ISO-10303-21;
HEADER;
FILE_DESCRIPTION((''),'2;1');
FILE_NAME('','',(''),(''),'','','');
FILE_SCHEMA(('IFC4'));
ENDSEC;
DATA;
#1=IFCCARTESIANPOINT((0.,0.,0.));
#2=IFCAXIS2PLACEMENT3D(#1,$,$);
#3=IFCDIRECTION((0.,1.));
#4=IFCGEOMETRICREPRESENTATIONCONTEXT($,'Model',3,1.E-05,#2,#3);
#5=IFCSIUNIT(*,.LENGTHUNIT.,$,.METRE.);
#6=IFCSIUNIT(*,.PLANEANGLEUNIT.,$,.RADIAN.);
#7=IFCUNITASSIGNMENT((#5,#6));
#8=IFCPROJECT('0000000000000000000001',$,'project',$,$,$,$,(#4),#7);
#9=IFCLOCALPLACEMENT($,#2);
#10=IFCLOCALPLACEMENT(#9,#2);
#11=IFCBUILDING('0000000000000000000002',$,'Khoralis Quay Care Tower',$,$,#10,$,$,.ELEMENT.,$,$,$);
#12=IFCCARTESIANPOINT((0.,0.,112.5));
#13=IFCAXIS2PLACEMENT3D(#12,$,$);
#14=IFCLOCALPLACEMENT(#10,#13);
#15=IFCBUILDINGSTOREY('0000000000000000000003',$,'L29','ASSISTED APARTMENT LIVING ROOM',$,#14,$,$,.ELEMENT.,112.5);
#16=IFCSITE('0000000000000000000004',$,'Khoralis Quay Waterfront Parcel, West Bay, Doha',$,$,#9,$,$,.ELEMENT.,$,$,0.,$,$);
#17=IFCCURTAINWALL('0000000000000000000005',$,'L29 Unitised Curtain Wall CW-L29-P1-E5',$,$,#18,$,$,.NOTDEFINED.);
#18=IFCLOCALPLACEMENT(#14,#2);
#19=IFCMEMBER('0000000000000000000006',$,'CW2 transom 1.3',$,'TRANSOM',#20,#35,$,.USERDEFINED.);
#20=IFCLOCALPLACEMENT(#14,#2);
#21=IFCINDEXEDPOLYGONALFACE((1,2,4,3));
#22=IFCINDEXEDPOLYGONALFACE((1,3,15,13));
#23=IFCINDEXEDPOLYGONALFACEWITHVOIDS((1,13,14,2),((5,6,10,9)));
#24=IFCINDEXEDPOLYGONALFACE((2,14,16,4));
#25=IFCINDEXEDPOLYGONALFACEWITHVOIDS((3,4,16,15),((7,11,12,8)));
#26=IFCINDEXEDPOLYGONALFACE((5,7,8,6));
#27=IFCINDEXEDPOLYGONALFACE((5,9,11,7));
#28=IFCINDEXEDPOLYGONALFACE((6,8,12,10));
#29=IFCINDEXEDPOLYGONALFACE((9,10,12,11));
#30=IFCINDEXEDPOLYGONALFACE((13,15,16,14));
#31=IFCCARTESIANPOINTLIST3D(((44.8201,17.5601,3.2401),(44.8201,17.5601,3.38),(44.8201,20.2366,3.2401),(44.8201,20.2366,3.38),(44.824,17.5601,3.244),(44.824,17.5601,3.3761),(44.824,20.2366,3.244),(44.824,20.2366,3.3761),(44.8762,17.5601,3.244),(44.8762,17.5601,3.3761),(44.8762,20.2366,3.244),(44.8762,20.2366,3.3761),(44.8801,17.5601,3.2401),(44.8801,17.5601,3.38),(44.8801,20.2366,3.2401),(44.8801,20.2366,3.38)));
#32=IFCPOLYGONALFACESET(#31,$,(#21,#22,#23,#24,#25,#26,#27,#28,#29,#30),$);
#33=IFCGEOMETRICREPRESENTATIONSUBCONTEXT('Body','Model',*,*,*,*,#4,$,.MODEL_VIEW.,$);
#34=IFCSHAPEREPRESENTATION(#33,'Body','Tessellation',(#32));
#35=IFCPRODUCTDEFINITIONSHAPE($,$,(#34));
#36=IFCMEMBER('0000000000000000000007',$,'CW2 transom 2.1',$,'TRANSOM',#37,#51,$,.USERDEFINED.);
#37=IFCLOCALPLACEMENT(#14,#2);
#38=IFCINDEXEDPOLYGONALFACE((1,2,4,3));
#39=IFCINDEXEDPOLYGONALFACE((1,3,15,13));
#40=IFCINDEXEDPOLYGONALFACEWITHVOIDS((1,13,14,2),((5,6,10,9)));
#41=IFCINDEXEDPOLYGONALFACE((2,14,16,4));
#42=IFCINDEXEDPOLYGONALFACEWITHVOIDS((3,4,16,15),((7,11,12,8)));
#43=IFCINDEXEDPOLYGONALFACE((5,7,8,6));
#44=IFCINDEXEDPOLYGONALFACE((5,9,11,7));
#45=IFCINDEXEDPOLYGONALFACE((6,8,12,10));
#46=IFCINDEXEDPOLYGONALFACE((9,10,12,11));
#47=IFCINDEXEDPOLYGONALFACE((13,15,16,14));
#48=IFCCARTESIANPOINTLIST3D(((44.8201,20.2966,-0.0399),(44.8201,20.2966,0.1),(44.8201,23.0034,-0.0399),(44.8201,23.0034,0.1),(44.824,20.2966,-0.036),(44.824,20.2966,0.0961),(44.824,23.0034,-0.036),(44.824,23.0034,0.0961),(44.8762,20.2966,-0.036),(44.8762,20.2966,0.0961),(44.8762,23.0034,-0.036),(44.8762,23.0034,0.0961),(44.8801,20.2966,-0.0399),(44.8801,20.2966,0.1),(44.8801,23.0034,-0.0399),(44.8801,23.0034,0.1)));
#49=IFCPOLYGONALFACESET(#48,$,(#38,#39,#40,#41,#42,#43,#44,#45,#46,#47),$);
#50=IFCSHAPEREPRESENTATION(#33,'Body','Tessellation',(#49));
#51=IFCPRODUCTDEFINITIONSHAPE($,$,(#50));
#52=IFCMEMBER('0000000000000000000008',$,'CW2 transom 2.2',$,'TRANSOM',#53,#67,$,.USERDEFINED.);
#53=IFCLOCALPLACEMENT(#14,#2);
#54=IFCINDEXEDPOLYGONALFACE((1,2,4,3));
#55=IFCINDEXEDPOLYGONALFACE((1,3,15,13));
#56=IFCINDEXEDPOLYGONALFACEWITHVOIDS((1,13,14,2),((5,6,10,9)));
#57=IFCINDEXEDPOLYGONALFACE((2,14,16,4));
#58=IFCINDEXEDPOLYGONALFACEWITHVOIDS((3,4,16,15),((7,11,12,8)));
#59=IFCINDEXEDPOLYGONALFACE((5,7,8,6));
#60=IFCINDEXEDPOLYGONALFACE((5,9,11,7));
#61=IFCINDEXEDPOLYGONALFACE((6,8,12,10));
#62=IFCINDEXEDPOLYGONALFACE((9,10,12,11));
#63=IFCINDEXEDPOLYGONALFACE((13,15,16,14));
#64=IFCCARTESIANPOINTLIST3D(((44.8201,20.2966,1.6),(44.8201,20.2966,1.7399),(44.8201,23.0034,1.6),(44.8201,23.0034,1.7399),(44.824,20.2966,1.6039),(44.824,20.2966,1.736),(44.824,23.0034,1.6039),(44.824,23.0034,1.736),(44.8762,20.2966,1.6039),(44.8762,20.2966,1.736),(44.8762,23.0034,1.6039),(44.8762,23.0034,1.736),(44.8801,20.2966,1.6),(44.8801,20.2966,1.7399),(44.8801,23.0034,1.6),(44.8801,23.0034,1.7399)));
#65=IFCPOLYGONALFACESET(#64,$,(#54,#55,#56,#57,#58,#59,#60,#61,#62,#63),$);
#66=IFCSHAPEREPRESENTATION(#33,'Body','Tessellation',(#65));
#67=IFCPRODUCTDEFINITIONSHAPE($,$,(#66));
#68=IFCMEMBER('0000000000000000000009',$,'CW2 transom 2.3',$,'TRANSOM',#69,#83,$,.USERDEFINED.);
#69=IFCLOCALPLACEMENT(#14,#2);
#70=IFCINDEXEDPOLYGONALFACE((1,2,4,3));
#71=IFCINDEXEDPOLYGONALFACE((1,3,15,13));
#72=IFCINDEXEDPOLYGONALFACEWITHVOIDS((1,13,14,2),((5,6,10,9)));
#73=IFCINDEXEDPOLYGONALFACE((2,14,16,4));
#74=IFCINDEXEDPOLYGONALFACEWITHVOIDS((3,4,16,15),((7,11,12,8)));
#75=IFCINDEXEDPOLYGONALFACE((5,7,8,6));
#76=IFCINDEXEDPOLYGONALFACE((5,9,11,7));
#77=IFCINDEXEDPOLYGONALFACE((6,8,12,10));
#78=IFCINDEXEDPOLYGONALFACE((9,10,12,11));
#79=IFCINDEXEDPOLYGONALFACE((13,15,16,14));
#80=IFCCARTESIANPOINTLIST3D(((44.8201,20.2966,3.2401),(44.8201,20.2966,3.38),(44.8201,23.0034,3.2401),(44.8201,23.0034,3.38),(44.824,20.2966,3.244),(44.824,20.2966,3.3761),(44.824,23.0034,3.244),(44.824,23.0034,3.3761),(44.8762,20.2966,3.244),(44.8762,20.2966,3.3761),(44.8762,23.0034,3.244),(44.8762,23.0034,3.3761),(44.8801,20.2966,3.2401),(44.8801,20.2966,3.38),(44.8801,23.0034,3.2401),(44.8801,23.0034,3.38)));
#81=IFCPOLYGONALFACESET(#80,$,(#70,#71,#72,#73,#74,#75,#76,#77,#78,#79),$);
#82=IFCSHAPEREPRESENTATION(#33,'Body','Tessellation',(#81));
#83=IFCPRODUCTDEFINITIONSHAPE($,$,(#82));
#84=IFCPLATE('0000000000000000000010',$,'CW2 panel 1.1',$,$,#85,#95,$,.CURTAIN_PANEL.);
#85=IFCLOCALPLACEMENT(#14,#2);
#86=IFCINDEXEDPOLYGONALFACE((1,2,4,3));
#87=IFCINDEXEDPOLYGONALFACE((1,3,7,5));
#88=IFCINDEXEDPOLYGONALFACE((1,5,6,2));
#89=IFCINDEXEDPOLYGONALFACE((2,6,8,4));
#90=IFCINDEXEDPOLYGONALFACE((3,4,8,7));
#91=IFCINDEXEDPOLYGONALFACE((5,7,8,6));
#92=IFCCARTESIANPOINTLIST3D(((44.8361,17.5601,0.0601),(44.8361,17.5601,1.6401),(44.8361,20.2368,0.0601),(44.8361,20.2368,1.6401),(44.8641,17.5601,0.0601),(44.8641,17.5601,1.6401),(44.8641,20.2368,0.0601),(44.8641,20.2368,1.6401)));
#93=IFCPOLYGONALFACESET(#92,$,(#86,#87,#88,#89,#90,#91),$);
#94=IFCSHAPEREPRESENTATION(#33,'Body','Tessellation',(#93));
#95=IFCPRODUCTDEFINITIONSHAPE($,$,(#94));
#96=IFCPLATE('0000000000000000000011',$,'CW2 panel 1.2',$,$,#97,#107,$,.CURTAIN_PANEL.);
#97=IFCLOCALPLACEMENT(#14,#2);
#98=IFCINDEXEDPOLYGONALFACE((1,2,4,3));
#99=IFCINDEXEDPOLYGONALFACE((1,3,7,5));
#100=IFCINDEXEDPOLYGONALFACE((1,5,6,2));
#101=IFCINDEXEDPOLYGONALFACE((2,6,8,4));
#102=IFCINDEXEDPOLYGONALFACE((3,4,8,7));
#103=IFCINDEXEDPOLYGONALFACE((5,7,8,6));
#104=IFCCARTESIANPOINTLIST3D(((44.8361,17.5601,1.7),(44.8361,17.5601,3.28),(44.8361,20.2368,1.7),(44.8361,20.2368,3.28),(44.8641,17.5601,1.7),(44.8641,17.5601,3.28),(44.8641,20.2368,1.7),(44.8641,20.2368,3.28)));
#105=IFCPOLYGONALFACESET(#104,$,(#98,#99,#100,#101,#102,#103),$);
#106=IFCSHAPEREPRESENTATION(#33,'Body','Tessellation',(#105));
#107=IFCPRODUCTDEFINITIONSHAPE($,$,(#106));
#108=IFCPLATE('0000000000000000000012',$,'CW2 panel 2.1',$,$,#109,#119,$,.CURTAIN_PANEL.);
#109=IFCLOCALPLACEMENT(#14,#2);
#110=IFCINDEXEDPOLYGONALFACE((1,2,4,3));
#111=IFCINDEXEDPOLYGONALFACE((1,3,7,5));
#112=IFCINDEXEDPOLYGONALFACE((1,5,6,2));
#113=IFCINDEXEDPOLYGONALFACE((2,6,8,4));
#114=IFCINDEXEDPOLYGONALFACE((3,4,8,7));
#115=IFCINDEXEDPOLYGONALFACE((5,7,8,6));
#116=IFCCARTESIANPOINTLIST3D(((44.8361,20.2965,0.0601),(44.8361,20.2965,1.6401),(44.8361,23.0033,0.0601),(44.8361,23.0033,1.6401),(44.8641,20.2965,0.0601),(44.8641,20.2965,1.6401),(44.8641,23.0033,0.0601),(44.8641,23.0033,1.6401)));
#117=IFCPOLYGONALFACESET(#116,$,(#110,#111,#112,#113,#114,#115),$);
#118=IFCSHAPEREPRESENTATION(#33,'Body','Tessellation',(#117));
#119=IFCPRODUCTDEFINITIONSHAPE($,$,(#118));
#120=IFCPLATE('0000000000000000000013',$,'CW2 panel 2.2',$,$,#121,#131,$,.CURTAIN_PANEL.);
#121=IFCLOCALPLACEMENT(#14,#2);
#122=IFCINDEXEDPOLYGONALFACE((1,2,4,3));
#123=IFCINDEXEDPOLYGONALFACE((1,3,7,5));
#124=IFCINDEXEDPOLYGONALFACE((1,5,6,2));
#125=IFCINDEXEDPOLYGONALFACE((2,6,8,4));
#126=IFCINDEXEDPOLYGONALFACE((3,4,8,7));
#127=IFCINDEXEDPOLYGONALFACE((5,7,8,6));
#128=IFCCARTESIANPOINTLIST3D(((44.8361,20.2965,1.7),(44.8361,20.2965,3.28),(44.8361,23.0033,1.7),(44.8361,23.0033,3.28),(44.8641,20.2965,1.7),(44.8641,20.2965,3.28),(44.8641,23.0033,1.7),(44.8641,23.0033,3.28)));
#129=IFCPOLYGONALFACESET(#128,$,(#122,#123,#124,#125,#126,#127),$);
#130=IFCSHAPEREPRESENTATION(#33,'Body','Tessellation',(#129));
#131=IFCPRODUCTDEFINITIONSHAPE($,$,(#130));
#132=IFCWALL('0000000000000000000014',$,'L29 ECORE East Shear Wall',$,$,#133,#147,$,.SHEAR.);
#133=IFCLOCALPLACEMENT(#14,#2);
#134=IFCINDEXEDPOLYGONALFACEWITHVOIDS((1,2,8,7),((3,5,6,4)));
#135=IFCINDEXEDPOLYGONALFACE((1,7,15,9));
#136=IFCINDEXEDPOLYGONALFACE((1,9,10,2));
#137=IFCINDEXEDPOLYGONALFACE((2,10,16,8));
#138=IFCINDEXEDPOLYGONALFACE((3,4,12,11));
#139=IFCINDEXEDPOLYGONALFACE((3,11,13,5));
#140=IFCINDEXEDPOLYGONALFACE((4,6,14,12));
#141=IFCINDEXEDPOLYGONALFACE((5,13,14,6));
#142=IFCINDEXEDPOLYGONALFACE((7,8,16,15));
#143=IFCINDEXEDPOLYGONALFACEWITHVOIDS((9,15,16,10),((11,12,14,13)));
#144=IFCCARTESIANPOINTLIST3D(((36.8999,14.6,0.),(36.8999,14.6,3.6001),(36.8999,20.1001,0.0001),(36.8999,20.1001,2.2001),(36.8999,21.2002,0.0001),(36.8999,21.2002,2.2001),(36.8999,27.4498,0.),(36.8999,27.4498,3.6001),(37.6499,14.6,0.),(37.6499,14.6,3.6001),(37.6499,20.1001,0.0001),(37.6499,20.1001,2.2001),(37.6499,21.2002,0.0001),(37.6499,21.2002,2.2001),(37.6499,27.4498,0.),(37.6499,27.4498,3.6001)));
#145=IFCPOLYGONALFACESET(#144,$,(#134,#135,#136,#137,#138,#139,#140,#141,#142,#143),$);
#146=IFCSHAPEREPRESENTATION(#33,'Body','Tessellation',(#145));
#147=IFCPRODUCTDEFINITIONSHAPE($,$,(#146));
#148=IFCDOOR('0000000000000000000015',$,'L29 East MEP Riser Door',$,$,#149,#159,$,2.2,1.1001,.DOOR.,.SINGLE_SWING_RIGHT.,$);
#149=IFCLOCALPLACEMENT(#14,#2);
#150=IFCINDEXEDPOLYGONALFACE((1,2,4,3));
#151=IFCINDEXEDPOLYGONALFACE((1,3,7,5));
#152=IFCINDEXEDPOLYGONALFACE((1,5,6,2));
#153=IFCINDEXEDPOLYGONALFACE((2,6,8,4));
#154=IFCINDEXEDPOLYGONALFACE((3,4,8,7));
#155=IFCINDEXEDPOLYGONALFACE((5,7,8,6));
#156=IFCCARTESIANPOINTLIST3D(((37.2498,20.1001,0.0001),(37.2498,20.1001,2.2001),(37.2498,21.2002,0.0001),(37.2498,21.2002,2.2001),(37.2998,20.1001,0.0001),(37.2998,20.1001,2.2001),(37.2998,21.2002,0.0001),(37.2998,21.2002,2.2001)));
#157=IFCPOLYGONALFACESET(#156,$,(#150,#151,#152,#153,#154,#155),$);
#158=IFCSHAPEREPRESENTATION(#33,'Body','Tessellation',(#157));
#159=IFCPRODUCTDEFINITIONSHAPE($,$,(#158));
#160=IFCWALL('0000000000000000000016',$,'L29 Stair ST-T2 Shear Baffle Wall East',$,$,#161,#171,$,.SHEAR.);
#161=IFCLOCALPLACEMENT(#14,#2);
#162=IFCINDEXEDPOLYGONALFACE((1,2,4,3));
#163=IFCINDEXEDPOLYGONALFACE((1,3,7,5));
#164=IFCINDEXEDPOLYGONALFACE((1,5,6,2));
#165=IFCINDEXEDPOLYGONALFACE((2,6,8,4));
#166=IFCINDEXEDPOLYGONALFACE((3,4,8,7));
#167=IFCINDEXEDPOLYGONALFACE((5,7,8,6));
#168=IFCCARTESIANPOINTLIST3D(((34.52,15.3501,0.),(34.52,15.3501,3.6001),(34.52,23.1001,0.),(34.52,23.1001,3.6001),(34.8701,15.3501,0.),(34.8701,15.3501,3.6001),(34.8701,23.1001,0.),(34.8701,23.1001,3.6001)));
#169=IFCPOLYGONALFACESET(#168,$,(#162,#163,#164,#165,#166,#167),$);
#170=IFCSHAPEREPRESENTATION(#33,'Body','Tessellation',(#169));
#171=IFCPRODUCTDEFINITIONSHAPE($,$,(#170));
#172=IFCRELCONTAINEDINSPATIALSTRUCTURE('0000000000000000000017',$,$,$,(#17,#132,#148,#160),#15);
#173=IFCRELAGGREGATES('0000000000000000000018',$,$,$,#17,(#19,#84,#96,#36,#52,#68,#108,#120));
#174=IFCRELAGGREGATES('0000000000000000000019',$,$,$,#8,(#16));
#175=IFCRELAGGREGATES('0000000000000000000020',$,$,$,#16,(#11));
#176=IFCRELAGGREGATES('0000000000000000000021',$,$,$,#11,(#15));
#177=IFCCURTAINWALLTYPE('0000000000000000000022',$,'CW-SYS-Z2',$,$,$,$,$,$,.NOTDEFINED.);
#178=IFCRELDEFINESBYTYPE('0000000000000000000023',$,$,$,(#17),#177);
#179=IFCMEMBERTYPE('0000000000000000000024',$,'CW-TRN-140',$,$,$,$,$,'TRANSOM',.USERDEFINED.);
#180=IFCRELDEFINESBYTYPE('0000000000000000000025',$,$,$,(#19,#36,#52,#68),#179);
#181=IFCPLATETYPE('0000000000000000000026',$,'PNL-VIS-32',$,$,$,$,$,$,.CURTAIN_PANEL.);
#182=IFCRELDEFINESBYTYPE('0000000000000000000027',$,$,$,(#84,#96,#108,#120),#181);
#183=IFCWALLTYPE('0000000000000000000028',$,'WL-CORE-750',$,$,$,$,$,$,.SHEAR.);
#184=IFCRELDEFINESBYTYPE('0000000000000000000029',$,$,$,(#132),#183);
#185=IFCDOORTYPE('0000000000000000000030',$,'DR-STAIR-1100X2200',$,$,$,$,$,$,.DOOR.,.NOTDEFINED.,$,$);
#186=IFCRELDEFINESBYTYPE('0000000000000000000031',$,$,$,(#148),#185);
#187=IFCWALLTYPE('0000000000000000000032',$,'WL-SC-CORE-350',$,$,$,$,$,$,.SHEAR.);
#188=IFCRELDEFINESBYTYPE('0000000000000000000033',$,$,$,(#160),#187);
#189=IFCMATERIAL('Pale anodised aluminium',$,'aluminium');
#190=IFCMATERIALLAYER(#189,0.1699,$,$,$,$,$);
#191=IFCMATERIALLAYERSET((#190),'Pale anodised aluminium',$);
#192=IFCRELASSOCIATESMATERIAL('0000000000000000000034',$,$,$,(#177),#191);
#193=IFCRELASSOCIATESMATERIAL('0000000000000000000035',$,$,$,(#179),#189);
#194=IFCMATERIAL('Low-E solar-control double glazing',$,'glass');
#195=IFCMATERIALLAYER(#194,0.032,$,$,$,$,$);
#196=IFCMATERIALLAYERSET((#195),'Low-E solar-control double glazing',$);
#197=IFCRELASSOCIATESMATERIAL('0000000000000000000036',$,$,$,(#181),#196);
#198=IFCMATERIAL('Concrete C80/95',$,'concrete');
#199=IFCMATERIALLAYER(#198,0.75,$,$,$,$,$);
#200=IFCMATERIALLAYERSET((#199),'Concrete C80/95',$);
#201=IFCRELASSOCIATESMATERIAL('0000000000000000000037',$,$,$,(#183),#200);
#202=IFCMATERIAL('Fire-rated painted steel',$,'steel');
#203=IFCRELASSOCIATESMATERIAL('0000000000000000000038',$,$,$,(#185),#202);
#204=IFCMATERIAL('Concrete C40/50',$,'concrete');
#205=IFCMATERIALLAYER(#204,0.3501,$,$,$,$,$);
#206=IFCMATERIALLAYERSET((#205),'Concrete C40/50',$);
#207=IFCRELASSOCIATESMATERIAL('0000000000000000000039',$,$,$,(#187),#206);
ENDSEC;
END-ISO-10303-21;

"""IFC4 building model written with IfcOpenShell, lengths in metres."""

from ifc_helpers import new_model, si_unit, direction, frame, frame_2d, origin, origin_2d, place, context, subcontext, project, spatial, rectangle, hollow_rectangle, extrude, source, transform, mapped, material, layer, layer_set, material_profile, profile_set, type_object, element, fill, aggregate, save


model = new_model("IFC4")

# Units and contexts
model_context = context("Model", 3, precision=1e-05, world=origin(), true_north=direction((0.0, 1.0)))
body_context = subcontext(model_context, "Body", "Model", "MODEL_VIEW")
ifc_project = project(units=[si_unit("LENGTHUNIT", "METRE"), si_unit("PLANEANGLEUNIT", "RADIAN")], contexts=[model_context])

# Site, building, storey
site_placement = place(None, origin())
site = spatial("IfcSite", under=ifc_project, at=site_placement, Name="Khoralis Quay Waterfront Parcel, West Bay, Doha", CompositionType="ELEMENT", RefElevation=0.0)
building_placement = place(site_placement, origin())
building = spatial("IfcBuilding", under=site, at=building_placement, Name="Khoralis Quay Care Tower", CompositionType="ELEMENT")
storey_placement = place(building_placement, frame((0.0, 0.0, 112.5)))
storey = spatial("IfcBuildingStorey", under=building, at=storey_placement, Name="L29", Description="ASSISTED APARTMENT LIVING ROOM", CompositionType="ELEMENT", Elevation=112.5)

# Curtain wall, members, plates
ifc_material_1 = material(Name="Pale anodised aluminium", Category="aluminium")
ifc_layer_1 = layer(ifc_material_1, 0.1699)
ifc_layer_set_1 = layer_set([ifc_layer_1], Name="Pale anodised aluminium")
curtain_wall_type = type_object("IfcCurtainWallType", Name="CW-SYS-Z2", PredefinedType="NOTDEFINED", material=ifc_layer_set_1)
curtain_wall_placement = place(storey_placement, origin())
curtain_wall = element("IfcCurtainWall", 1, at=curtain_wall_placement, inside=storey, type_object=curtain_wall_type, Name="L29 Unitised Curtain Wall CW-L29-P1-E5", PredefinedType="NOTDEFINED")
ifc_material_profile_1 = material_profile(ifc_material_1, hollow_rectangle(XDim=0.0601, YDim=0.1399, WallThickness=0.0039, at=origin_2d()), Name="Pale anodised aluminium")
ifc_profile_set_1 = profile_set([ifc_material_profile_1], Name="Pale anodised aluminium")
member_type_1 = type_object("IfcMemberType", Name="CW-TRN-140", ElementType="TRANSOM", PredefinedType="USERDEFINED", material=ifc_profile_set_1)
shared_shape_1 = source(origin(), body_context, "Body", "SweptSolid", [
    extrude(hollow_rectangle(XDim=0.0601, YDim=0.1399, WallThickness=0.0039, at=origin_2d()), origin(), (0.0, 0.0, 1.0), 2.6765),
])
member_1_placement = place(storey_placement, frame((44.8501, 17.5601, 3.3101), z_axis=(0.0, 1.0, 0.0), x_axis=(-1.0, 0.0, 0.0)))
member_1 = element("IfcMember", 2, at=member_1_placement, type_object=member_type_1, Name="CW2 transom 1.3", ObjectType="TRANSOM", PredefinedType="USERDEFINED", context=body_context, shape_type="MappedRepresentation", body=[
    mapped(shared_shape_1, transform((0.0, 0.0, 0.0), scale=1.0)),
])
shared_shape_2 = source(origin(), body_context, "Body", "SweptSolid", [
    extrude(hollow_rectangle(XDim=0.0601, YDim=0.1399, WallThickness=0.0039, at=origin_2d()), origin(), (0.0, 0.0, 1.0), 2.7068),
])
member_2_placement = place(storey_placement, frame((44.8501, 20.2966, 0.03), z_axis=(0.0, 1.0, 0.0), x_axis=(-1.0, 0.0, 0.0)))
member_2 = element("IfcMember", 3, at=member_2_placement, type_object=member_type_1, Name="CW2 transom 2.1", ObjectType="TRANSOM", PredefinedType="USERDEFINED", context=body_context, shape_type="MappedRepresentation", body=[
    mapped(shared_shape_2, transform((0.0, 0.0, 0.0), scale=1.0)),
])
member_3_placement = place(storey_placement, frame((44.8501, 20.2966, 1.6699), z_axis=(0.0, 1.0, 0.0), x_axis=(-1.0, 0.0, 0.0)))
member_3 = element("IfcMember", 4, at=member_3_placement, type_object=member_type_1, Name="CW2 transom 2.2", ObjectType="TRANSOM", PredefinedType="USERDEFINED", context=body_context, shape_type="MappedRepresentation", body=[
    mapped(shared_shape_2, transform((0.0, 0.0, 0.0), scale=1.0)),
])
member_4_placement = place(storey_placement, frame((44.8501, 20.2966, 3.3101), z_axis=(0.0, 1.0, 0.0), x_axis=(-1.0, 0.0, 0.0)))
member_4 = element("IfcMember", 5, at=member_4_placement, type_object=member_type_1, Name="CW2 transom 2.3", ObjectType="TRANSOM", PredefinedType="USERDEFINED", context=body_context, shape_type="MappedRepresentation", body=[
    mapped(shared_shape_2, transform((0.0, 0.0, 0.0), scale=1.0)),
])
ifc_material_2 = material(Name="Low-E solar-control double glazing", Category="glass")
ifc_layer_2 = layer(ifc_material_2, 0.032)
ifc_layer_set_2 = layer_set([ifc_layer_2], Name="Low-E solar-control double glazing")
plate_type = type_object("IfcPlateType", Name="PNL-VIS-32", PredefinedType="CURTAIN_PANEL", material=ifc_layer_set_2)
shared_shape_3 = source(origin(), body_context, "Body", "SweptSolid", [
    extrude(rectangle(XDim=2.6768, YDim=0.0281, at=origin_2d()), origin(), (0.0, 0.0, 1.0), 1.5801),
])
plate_1_placement = place(storey_placement, frame((44.8501, 18.8984, 0.0601), z_axis=(0.0, 0.0, 1.0), x_axis=(0.0, 1.0, 0.0)))
plate_1 = element("IfcPlate", 6, at=plate_1_placement, type_object=plate_type, Name="CW2 panel 1.1", PredefinedType="CURTAIN_PANEL", context=body_context, shape_type="MappedRepresentation", body=[
    mapped(shared_shape_3, transform((0.0, 0.0, 0.0), scale=1.0)),
])
plate_2_placement = place(storey_placement, frame((44.8501, 18.8984, 1.7), z_axis=(0.0, 0.0, 1.0), x_axis=(0.0, 1.0, 0.0)))
plate_2 = element("IfcPlate", 7, at=plate_2_placement, type_object=plate_type, Name="CW2 panel 1.2", PredefinedType="CURTAIN_PANEL", context=body_context, shape_type="MappedRepresentation", body=[
    mapped(shared_shape_3, transform((0.0, 0.0, 0.0), scale=1.0)),
])
shared_shape_4 = source(origin(), body_context, "Body", "SweptSolid", [
    extrude(rectangle(XDim=2.7068, YDim=0.0281, at=origin_2d()), origin(), (0.0, 0.0, 1.0), 1.5801),
])
plate_3_placement = place(storey_placement, frame((44.8501, 21.6499, 0.0601), z_axis=(0.0, 0.0, 1.0), x_axis=(0.0, 1.0, 0.0)))
plate_3 = element("IfcPlate", 8, at=plate_3_placement, type_object=plate_type, Name="CW2 panel 2.1", PredefinedType="CURTAIN_PANEL", context=body_context, shape_type="MappedRepresentation", body=[
    mapped(shared_shape_4, transform((0.0, 0.0, 0.0), scale=1.0)),
])
plate_4_placement = place(storey_placement, frame((44.8501, 21.6499, 1.7), z_axis=(0.0, 0.0, 1.0), x_axis=(0.0, 1.0, 0.0)))
plate_4 = element("IfcPlate", 9, at=plate_4_placement, type_object=plate_type, Name="CW2 panel 2.2", PredefinedType="CURTAIN_PANEL", context=body_context, shape_type="MappedRepresentation", body=[
    mapped(shared_shape_4, transform((0.0, 0.0, 0.0), scale=1.0)),
])
aggregate(curtain_wall, [member_1, plate_1, plate_2, member_2, member_3, member_4, plate_3, plate_4])

# Wall, opening, door
ifc_material_3 = material(Name="Concrete C80/95", Category="concrete")
ifc_layer_3 = layer(ifc_material_3, 0.75)
ifc_layer_set_3 = layer_set([ifc_layer_3], Name="Concrete C80/95")
wall_type_1 = type_object("IfcWallType", Name="WL-CORE-750", PredefinedType="SHEAR", material=ifc_layer_set_3)
wall_1_placement = place(storey_placement, frame((37.2749, 14.6001, 0.0), z_axis=(0.0, 0.0, 1.0), x_axis=(0.0, 1.0, 0.0)))
wall_1 = element("IfcWall", 10, at=wall_1_placement, inside=storey, type_object=wall_type_1, Name="L29 ECORE East Shear Wall", PredefinedType="SHEAR", context=body_context, shape_type="SweptSolid", body=[
    extrude(rectangle(XDim=12.8499, YDim=0.75, at=frame_2d((6.4248, 0.0))), origin(), (0.0, 0.0, 1.0), 3.6001),
])
opening_placement = place(wall_1_placement, frame((5.5, 0.0, 0.0)))
opening = element("IfcOpeningElement", 11, at=opening_placement, cuts=wall_1, PredefinedType="OPENING", context=body_context, shape_type="SweptSolid", body=[
    extrude(rectangle(XDim=1.1001, YDim=2.2, at=frame_2d((0.55, 1.1001))), frame((0.0, 0.385, 0.0), z_axis=(0.0, -1.0, 0.0), x_axis=(1.0, 0.0, 0.0)), (0.0, 0.0, 1.0), 0.77),
])
ifc_material_4 = material(Name="Fire-rated painted steel", Category="steel")
door_type = type_object("IfcDoorType", Name="DR-STAIR-1100X2200", OperationType="NOTDEFINED", PredefinedType="DOOR", material=ifc_material_4)
shared_shape_5 = source(origin(), body_context, "Body", "SweptSolid", [
    extrude(rectangle(XDim=1.1001, YDim=2.2, at=frame_2d((0.55, 1.1001))), frame((0.0, 0.0249, 0.0), z_axis=(0.0, -1.0, 0.0), x_axis=(1.0, 0.0, 0.0)), (0.0, 0.0, 1.0), 0.05),
])
door_placement = place(opening_placement, frame((1.1001, 0.0, 0.0), z_axis=(0.0, 0.0, 1.0), x_axis=(-1.0, 0.0, 0.0)))
door = element("IfcDoor", 12, at=door_placement, inside=storey, type_object=door_type, Name="L29 East MEP Riser Door", OperationType="SINGLE_SWING_RIGHT", OverallHeight=2.2, OverallWidth=1.1001, PredefinedType="DOOR", context=body_context, shape_type="MappedRepresentation", body=[
    mapped(shared_shape_5, transform((0.0, 0.0, 0.0), scale=1.0)),
])
fill(opening, door)

# Wall
ifc_material_5 = material(Name="Concrete C40/50", Category="concrete")
ifc_layer_4 = layer(ifc_material_5, 0.3501)
ifc_layer_set_4 = layer_set([ifc_layer_4], Name="Concrete C40/50")
wall_type_2 = type_object("IfcWallType", Name="WL-SC-CORE-350", PredefinedType="SHEAR", material=ifc_layer_set_4)
wall_2_placement = place(storey_placement, frame((34.6951, 15.3501, 0.0), z_axis=(0.0, 0.0, 1.0), x_axis=(0.0, 1.0, 0.0)))
element("IfcWall", 13, at=wall_2_placement, inside=storey, type_object=wall_type_2, Name="L29 Stair ST-T2 Shear Baffle Wall East", PredefinedType="SHEAR", context=body_context, shape_type="SweptSolid", body=[
    extrude(rectangle(XDim=7.75, YDim=0.3501, at=frame_2d((3.875, 0.0))), origin(), (0.0, 0.0, 1.0), 3.6001),
])

save(model, "model.ifc")
